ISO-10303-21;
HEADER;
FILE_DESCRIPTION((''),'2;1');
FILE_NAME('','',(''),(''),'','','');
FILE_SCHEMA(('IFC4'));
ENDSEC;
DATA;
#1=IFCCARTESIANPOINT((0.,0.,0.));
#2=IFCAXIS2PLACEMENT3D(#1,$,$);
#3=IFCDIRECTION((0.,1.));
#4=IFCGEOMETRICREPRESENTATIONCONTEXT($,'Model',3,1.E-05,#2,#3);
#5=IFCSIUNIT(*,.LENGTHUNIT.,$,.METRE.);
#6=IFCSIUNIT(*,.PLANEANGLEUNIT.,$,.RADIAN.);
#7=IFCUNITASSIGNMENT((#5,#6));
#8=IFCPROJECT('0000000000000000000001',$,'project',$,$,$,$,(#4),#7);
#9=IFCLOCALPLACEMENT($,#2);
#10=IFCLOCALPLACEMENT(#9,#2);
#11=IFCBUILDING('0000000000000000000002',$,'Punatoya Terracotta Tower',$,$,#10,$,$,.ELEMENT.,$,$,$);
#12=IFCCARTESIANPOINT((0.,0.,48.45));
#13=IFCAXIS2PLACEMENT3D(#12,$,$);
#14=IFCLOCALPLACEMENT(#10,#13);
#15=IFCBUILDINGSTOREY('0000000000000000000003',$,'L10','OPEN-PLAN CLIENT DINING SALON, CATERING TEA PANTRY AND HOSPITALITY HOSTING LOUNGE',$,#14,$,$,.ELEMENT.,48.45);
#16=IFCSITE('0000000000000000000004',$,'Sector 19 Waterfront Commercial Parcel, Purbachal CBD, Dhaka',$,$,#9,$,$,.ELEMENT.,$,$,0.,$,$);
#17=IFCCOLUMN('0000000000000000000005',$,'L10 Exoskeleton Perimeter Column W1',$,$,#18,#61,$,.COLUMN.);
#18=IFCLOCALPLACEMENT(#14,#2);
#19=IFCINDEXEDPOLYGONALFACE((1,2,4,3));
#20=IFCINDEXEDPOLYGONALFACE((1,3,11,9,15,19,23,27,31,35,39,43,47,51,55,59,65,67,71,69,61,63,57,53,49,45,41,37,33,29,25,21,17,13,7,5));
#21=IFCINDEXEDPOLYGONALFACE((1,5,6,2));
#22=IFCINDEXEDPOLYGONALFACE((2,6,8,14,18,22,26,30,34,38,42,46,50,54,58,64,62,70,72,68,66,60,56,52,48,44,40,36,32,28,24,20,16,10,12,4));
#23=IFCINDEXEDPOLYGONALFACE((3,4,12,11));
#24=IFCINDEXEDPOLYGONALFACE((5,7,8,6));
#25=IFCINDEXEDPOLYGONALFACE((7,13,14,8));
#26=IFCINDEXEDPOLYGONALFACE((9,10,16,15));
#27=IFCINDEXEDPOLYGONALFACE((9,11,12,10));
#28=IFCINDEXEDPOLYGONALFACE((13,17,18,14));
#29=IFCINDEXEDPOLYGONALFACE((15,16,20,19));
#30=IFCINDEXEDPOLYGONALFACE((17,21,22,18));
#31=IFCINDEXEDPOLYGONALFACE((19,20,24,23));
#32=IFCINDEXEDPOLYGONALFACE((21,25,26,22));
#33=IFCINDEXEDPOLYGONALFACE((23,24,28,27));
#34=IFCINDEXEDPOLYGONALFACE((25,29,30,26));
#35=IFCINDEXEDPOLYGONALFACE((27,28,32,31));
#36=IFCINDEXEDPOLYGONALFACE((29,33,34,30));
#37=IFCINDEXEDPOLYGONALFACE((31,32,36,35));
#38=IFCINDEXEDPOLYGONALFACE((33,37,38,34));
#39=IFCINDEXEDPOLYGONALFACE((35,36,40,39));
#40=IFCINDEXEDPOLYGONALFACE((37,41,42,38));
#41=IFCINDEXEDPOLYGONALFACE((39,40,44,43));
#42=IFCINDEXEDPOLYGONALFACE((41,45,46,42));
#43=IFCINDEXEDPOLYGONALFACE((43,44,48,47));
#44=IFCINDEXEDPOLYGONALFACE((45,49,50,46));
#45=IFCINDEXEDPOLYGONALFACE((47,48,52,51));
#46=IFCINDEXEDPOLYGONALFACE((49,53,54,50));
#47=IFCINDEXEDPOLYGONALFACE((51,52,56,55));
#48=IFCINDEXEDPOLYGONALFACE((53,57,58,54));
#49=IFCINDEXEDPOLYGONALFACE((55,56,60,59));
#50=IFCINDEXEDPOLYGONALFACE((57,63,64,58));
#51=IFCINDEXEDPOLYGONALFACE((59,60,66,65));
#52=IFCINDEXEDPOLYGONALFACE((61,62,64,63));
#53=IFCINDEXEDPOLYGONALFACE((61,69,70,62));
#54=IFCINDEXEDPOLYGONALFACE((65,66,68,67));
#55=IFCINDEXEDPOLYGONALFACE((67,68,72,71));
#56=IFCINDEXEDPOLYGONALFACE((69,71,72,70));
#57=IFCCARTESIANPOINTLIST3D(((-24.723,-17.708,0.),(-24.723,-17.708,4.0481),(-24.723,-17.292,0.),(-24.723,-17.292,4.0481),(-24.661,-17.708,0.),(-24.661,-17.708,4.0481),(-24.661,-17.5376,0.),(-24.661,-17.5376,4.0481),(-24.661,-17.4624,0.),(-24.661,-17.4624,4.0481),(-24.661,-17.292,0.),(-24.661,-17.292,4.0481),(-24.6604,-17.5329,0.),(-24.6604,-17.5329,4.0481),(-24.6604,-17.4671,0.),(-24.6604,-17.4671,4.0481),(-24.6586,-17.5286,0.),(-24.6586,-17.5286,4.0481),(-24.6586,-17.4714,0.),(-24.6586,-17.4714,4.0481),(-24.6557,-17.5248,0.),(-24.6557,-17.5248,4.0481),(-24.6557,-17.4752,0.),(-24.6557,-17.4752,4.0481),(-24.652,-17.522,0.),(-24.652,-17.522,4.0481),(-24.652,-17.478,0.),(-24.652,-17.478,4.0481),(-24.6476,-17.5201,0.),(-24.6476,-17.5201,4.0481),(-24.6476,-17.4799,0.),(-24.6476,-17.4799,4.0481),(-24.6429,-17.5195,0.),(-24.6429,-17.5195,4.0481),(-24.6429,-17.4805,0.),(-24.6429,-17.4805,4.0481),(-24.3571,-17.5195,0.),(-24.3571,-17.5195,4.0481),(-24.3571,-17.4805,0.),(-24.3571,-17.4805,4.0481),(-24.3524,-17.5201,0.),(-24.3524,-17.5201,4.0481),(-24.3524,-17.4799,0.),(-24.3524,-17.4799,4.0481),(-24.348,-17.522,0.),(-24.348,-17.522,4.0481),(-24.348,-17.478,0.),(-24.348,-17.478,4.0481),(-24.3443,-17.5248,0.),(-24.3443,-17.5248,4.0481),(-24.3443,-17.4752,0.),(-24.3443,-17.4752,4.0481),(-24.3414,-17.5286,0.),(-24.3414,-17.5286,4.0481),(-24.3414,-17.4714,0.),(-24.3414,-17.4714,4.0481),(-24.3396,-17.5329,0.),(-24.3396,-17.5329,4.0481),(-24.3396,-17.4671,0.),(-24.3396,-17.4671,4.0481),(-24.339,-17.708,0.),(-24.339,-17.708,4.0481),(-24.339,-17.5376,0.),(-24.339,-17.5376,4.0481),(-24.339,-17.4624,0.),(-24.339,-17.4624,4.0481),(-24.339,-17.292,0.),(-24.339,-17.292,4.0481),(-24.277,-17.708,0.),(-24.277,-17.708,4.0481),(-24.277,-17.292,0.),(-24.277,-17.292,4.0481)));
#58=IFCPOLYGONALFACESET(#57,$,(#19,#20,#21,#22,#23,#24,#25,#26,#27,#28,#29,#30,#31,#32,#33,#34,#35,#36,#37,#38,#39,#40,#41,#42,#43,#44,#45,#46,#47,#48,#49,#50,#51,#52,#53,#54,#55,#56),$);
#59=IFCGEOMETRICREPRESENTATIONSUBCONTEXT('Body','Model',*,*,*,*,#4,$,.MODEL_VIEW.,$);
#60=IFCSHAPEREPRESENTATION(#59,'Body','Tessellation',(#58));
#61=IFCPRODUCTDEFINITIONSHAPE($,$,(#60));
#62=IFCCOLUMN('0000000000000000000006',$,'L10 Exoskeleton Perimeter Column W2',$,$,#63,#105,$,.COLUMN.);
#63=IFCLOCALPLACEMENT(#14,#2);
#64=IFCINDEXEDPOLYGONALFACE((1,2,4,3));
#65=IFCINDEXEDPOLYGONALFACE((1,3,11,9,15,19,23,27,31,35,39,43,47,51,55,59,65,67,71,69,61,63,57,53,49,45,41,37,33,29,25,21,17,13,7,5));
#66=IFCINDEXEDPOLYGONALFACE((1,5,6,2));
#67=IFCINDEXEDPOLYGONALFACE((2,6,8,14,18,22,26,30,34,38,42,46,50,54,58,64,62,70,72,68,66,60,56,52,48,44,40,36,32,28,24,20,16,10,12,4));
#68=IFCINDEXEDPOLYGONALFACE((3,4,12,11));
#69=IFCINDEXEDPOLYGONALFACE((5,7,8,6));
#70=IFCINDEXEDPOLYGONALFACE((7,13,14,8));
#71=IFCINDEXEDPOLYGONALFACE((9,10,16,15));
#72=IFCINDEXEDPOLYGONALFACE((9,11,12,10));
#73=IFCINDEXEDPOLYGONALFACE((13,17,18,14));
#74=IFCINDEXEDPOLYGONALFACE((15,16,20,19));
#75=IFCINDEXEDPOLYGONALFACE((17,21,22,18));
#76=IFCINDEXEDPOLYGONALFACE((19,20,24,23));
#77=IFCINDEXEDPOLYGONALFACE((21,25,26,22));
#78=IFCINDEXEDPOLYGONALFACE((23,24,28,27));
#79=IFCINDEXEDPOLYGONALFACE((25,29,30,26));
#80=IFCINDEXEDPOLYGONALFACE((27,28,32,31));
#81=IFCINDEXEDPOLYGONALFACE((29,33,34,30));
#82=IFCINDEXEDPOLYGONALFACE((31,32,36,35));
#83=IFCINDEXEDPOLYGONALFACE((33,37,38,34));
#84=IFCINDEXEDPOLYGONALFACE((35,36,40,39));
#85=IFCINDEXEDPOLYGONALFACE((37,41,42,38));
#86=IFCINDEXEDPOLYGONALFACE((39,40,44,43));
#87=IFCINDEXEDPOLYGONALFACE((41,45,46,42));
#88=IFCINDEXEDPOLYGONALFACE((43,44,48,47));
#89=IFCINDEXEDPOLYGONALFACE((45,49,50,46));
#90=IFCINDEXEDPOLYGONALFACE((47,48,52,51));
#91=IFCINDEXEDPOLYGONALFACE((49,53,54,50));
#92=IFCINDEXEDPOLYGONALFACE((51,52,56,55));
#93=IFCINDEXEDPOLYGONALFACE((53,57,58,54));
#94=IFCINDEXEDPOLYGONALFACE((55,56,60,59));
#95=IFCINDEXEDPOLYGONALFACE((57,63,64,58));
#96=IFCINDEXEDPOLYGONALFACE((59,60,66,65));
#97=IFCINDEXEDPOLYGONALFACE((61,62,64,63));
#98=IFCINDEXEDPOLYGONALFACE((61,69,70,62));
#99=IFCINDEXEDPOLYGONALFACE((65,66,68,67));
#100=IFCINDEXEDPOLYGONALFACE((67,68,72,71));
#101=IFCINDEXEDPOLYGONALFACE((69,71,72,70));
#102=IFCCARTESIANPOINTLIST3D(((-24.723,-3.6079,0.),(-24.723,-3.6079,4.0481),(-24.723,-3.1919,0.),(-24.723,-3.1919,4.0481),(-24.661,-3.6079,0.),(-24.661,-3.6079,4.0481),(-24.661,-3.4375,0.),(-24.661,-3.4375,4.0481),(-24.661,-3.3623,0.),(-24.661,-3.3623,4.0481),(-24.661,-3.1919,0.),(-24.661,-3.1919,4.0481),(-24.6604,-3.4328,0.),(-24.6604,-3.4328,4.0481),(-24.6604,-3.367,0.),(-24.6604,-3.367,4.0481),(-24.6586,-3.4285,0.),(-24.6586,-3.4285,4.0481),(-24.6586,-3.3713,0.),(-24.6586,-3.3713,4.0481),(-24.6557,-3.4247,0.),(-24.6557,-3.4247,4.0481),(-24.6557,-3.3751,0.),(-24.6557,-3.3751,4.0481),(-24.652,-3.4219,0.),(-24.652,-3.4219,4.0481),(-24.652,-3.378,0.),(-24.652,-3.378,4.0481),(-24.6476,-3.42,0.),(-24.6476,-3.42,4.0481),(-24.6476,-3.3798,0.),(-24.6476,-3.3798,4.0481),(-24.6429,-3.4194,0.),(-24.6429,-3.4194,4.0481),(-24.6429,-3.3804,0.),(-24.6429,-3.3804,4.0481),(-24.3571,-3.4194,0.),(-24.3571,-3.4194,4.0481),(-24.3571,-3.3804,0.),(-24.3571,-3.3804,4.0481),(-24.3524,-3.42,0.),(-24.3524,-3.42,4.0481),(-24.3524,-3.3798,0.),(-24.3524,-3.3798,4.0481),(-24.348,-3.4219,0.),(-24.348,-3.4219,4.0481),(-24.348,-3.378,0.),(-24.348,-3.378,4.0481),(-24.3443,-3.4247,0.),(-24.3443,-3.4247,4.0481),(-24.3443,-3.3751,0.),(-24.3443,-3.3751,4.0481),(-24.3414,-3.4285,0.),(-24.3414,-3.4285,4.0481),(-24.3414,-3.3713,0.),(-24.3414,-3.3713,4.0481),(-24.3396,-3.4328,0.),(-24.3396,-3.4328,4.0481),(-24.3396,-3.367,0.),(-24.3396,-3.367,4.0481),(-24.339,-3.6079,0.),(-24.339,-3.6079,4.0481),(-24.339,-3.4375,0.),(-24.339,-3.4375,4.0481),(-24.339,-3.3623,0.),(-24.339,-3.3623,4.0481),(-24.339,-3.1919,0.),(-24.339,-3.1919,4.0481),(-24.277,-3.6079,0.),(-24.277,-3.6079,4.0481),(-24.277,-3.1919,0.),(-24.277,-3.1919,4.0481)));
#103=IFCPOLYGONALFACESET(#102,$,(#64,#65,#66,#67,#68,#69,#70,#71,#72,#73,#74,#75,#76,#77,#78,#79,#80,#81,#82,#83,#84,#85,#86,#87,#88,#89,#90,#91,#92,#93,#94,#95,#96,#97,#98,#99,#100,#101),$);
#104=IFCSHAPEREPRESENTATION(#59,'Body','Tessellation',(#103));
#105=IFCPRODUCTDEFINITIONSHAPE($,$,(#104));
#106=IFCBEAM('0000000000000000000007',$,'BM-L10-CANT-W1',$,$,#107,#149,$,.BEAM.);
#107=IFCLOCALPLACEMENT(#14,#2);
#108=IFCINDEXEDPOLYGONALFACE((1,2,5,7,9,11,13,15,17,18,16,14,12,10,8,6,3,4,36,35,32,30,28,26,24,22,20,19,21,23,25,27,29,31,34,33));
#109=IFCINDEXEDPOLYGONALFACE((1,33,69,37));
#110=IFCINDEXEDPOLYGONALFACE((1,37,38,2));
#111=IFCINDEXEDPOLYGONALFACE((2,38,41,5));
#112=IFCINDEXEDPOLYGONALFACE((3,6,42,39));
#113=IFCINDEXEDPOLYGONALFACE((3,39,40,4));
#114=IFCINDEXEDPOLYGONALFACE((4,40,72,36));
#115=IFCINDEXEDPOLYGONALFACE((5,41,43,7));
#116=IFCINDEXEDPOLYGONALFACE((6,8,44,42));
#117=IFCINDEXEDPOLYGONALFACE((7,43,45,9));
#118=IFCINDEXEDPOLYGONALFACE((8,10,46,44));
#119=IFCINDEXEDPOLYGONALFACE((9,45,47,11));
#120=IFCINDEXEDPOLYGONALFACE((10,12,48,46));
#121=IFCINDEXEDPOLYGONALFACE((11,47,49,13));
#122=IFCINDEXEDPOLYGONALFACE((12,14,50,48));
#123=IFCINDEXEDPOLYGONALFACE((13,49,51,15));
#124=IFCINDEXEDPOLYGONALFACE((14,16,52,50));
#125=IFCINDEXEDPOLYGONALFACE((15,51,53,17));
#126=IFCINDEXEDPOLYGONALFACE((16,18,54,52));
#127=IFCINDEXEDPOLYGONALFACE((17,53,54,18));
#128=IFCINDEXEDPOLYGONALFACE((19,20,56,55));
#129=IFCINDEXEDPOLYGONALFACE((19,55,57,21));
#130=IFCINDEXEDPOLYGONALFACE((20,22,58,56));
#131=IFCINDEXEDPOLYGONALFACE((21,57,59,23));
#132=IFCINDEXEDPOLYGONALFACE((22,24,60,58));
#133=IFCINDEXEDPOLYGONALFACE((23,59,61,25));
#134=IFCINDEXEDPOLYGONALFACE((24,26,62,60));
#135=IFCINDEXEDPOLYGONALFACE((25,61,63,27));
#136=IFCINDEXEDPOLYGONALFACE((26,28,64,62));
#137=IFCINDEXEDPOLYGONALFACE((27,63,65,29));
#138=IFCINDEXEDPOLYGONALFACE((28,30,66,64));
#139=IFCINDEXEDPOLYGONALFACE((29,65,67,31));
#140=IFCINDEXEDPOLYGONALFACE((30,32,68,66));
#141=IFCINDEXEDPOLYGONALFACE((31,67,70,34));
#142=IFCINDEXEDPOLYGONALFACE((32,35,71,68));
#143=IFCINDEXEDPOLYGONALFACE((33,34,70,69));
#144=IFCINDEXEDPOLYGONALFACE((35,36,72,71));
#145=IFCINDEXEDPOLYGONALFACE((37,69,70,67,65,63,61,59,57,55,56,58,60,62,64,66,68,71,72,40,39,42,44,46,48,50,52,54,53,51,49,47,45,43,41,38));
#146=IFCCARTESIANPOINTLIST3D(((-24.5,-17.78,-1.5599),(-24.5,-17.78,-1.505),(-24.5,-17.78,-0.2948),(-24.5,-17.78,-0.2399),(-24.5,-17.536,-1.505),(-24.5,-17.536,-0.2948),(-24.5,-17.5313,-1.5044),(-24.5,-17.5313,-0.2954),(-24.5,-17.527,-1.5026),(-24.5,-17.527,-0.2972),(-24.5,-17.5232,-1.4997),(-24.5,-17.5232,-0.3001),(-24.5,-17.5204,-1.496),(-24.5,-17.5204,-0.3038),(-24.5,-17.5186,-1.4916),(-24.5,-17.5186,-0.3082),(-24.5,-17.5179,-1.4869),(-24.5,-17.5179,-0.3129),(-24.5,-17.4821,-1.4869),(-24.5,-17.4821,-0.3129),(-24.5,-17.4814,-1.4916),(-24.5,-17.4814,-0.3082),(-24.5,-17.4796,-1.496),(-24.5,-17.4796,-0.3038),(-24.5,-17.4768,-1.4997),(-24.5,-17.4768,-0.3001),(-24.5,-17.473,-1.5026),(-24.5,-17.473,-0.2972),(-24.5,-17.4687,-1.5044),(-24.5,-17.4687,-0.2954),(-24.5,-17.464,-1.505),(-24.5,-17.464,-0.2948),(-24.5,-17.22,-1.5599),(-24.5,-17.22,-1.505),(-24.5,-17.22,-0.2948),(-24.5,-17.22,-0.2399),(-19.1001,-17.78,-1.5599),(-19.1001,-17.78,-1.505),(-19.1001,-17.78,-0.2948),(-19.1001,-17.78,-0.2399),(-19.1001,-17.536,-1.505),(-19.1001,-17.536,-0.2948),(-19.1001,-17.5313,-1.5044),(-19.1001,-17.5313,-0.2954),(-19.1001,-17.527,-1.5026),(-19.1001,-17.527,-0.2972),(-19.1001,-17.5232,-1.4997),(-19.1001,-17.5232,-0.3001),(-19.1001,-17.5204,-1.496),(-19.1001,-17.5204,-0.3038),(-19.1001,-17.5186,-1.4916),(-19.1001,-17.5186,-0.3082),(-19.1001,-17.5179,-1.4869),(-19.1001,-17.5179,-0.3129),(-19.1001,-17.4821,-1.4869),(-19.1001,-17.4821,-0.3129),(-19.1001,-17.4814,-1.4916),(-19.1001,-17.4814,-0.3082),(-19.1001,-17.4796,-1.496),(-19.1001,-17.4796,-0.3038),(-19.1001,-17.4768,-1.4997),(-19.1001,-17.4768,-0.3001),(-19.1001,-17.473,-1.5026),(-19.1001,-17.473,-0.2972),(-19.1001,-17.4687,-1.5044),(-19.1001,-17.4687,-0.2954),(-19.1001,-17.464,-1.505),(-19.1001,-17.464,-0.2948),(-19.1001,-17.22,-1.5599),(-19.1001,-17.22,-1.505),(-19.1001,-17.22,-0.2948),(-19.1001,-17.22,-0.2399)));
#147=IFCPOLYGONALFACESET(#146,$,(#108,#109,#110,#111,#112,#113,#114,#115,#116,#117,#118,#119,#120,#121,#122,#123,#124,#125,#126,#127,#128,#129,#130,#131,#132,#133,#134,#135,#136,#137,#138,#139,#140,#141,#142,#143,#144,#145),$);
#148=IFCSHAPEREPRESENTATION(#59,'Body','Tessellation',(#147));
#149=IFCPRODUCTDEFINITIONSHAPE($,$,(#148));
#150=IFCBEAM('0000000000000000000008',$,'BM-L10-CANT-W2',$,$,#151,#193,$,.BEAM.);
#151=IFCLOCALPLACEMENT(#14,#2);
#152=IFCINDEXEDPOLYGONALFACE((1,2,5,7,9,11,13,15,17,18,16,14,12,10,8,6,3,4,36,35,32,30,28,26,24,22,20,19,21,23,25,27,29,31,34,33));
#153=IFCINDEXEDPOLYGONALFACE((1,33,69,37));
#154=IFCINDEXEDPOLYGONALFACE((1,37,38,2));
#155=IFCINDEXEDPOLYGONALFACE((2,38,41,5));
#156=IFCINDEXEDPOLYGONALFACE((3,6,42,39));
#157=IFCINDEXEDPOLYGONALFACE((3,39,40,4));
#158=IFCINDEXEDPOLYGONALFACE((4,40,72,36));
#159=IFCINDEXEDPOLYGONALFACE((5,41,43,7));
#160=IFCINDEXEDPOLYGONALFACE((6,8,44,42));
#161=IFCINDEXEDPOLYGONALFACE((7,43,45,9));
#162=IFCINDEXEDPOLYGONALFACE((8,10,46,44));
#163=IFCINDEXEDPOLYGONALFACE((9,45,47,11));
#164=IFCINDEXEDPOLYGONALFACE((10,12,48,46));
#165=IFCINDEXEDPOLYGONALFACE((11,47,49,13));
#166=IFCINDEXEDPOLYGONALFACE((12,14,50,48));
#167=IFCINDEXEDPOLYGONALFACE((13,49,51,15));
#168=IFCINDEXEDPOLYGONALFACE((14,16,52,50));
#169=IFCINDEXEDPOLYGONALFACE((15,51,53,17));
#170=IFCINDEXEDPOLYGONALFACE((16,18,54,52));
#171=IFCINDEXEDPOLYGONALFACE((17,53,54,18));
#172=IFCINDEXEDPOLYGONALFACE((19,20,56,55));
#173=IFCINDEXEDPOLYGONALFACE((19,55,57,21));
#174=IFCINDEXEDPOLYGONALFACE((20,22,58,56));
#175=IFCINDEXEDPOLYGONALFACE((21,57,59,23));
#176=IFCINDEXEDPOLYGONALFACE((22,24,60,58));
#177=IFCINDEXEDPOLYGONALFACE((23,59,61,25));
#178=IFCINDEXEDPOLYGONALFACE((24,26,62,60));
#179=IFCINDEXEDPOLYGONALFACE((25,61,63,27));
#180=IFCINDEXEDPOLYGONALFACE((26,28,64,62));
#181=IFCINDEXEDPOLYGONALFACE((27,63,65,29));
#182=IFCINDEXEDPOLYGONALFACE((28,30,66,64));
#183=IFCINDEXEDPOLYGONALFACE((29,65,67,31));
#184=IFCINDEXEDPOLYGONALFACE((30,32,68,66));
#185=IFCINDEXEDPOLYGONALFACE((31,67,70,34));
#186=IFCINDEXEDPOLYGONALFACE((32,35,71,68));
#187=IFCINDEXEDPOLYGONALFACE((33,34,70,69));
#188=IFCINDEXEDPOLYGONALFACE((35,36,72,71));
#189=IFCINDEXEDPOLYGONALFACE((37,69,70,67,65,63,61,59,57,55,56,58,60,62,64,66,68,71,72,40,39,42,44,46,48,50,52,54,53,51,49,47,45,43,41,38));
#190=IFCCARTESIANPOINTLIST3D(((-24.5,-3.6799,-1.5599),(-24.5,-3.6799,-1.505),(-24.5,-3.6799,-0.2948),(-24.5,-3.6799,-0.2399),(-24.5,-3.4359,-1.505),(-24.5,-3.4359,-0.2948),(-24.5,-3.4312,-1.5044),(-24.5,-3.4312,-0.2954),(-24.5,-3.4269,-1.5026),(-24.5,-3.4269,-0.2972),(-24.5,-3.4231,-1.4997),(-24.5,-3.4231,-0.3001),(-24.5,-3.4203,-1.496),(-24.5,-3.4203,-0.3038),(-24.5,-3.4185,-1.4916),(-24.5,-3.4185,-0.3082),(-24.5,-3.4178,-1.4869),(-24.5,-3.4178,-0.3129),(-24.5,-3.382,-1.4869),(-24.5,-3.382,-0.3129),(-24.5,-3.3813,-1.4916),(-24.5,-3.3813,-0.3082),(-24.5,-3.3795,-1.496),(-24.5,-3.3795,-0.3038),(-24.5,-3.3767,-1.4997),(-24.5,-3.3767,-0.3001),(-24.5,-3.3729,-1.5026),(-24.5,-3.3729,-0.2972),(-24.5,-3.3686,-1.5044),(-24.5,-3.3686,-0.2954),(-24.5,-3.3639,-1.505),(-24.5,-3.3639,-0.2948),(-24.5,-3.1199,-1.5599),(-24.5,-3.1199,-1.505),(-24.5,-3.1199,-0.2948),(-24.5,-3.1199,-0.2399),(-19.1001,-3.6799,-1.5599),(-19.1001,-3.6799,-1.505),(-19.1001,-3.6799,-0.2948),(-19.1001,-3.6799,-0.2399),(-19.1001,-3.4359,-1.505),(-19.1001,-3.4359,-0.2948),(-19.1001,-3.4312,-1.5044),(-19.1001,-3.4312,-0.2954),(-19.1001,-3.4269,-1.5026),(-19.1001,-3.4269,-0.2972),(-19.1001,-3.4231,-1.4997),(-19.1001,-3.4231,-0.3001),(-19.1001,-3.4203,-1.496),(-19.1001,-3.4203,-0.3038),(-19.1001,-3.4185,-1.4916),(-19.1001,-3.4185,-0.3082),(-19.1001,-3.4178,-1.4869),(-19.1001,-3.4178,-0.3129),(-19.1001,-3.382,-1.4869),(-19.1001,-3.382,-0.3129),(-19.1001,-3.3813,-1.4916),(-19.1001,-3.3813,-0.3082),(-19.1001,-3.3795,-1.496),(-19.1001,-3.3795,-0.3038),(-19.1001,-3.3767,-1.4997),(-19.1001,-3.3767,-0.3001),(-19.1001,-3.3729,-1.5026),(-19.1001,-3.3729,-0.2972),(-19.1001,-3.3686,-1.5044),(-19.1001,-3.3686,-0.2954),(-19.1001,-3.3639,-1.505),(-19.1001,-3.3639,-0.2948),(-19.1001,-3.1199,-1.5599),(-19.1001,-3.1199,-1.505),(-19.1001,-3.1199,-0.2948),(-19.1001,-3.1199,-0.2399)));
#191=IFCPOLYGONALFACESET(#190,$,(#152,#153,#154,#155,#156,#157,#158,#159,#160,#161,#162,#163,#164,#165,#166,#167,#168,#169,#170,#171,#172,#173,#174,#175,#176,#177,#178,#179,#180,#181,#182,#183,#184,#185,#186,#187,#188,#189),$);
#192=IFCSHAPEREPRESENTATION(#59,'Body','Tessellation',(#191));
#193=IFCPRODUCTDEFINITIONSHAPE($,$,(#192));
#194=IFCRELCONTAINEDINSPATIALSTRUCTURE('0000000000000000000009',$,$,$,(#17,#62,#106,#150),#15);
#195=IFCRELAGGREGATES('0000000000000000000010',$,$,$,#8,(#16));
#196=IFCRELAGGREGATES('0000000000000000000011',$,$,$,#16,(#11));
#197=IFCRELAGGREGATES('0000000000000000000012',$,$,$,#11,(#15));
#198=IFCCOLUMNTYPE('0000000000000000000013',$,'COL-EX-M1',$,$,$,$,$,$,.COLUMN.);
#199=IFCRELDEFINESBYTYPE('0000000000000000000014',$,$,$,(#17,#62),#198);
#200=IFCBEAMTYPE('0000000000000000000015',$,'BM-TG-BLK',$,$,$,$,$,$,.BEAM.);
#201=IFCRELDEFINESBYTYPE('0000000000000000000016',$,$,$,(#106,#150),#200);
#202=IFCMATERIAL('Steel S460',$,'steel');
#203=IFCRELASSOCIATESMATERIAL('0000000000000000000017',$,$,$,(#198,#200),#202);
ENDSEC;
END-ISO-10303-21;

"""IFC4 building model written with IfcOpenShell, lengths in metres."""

from ifc_helpers import new_model, si_unit, direction, frame, origin, origin_2d, place, context, subcontext, project, spatial, i_section, extrude, material, material_profile, profile_set, type_object, element, save


model = new_model("IFC4")

# Units and contexts
model_context = context("Model", 3, precision=1e-05, world=origin(), true_north=direction((0.0, 1.0)))
body_context = subcontext(model_context, "Body", "Model", "MODEL_VIEW")
ifc_project = project(units=[si_unit("LENGTHUNIT", "METRE"), si_unit("PLANEANGLEUNIT", "RADIAN")], contexts=[model_context])

# Site, building, storey
site_placement = place(None, origin())
site = spatial("IfcSite", under=ifc_project, at=site_placement, Name="Sector 19 Waterfront Commercial Parcel, Purbachal CBD, Dhaka", CompositionType="ELEMENT", RefElevation=0.0)
building_placement = place(site_placement, origin())
building = spatial("IfcBuilding", under=site, at=building_placement, Name="Punatoya Terracotta Tower", CompositionType="ELEMENT")
storey_placement = place(building_placement, frame((0.0, 0.0, 48.45)))
storey = spatial("IfcBuildingStorey", under=building, at=storey_placement, Name="L10", Description="OPEN-PLAN CLIENT DINING SALON, CATERING TEA PANTRY AND HOSPITALITY HOSTING LOUNGE", CompositionType="ELEMENT", Elevation=48.45)

# Columns
ifc_material_1 = material(Name="Steel S460", Category="steel")
ifc_material_profile_1 = material_profile(ifc_material_1, i_section(OverallWidth=0.416, OverallDepth=0.446, WebThickness=0.0391, FlangeThickness=0.062, FilletRadius=0.0181, at=origin_2d()))
ifc_profile_set_1 = profile_set([ifc_material_profile_1], Name="Steel S460")
column_type = type_object("IfcColumnType", Name="COL-EX-M1", PredefinedType="COLUMN", material=ifc_profile_set_1)
for number, where, z_axis, x_axis, name in (
    (1, (-24.5, -17.5, 0.0), (0.0, 0.0, 1.0), (0.0, 1.0, 0.0), "L10 Exoskeleton Perimeter Column W1"),
    (2, (-24.5, -3.3999, 0.0), (0.0, 0.0, 1.0), (0.0, 1.0, 0.0), "L10 Exoskeleton Perimeter Column W2"),
):
    element("IfcColumn", number, at=place(storey_placement, frame(where, z_axis=z_axis, x_axis=x_axis)), inside=storey, type_object=column_type, Name=name, PredefinedType="COLUMN", context=body_context, shape_type="SweptSolid", body=[
        extrude(i_section(OverallWidth=0.416, OverallDepth=0.446, WebThickness=0.0391, FlangeThickness=0.062, FilletRadius=0.0181, at=origin_2d()), origin(), (0.0, 0.0, 1.0), 4.0481),
    ])

# Beams
ifc_material_profile_2 = material_profile(ifc_material_1, i_section(OverallWidth=0.5601, OverallDepth=1.3201, WebThickness=0.0359, FlangeThickness=0.0549, FilletRadius=0.0181, at=origin_2d()))
ifc_profile_set_2 = profile_set([ifc_material_profile_2], Name="Steel S460")
beam_type_1 = type_object("IfcBeamType", Name="BM-TG-BLK", PredefinedType="BEAM", material=ifc_profile_set_2)
for number, where, z_axis, x_axis, name in (
    (3, (-24.5, -17.5, -0.8999), (1.0, 0.0, 0.0), (0.0, 1.0, 0.0), "BM-L10-CANT-W1"),
    (4, (-24.5, -3.3999, -0.8999), (1.0, 0.0, 0.0), (0.0, 1.0, 0.0), "BM-L10-CANT-W2"),
):
    element("IfcBeam", number, at=place(storey_placement, frame(where, z_axis=z_axis, x_axis=x_axis)), inside=storey, type_object=beam_type_1, Name=name, PredefinedType="BEAM", context=body_context, shape_type="SweptSolid", body=[
        extrude(i_section(OverallWidth=0.5601, OverallDepth=1.3201, WebThickness=0.0359, FlangeThickness=0.0549, FilletRadius=0.0181, at=origin_2d()), origin(), (0.0, 0.0, 1.0), 5.3999),
    ])

save(model, "model.ifc")
